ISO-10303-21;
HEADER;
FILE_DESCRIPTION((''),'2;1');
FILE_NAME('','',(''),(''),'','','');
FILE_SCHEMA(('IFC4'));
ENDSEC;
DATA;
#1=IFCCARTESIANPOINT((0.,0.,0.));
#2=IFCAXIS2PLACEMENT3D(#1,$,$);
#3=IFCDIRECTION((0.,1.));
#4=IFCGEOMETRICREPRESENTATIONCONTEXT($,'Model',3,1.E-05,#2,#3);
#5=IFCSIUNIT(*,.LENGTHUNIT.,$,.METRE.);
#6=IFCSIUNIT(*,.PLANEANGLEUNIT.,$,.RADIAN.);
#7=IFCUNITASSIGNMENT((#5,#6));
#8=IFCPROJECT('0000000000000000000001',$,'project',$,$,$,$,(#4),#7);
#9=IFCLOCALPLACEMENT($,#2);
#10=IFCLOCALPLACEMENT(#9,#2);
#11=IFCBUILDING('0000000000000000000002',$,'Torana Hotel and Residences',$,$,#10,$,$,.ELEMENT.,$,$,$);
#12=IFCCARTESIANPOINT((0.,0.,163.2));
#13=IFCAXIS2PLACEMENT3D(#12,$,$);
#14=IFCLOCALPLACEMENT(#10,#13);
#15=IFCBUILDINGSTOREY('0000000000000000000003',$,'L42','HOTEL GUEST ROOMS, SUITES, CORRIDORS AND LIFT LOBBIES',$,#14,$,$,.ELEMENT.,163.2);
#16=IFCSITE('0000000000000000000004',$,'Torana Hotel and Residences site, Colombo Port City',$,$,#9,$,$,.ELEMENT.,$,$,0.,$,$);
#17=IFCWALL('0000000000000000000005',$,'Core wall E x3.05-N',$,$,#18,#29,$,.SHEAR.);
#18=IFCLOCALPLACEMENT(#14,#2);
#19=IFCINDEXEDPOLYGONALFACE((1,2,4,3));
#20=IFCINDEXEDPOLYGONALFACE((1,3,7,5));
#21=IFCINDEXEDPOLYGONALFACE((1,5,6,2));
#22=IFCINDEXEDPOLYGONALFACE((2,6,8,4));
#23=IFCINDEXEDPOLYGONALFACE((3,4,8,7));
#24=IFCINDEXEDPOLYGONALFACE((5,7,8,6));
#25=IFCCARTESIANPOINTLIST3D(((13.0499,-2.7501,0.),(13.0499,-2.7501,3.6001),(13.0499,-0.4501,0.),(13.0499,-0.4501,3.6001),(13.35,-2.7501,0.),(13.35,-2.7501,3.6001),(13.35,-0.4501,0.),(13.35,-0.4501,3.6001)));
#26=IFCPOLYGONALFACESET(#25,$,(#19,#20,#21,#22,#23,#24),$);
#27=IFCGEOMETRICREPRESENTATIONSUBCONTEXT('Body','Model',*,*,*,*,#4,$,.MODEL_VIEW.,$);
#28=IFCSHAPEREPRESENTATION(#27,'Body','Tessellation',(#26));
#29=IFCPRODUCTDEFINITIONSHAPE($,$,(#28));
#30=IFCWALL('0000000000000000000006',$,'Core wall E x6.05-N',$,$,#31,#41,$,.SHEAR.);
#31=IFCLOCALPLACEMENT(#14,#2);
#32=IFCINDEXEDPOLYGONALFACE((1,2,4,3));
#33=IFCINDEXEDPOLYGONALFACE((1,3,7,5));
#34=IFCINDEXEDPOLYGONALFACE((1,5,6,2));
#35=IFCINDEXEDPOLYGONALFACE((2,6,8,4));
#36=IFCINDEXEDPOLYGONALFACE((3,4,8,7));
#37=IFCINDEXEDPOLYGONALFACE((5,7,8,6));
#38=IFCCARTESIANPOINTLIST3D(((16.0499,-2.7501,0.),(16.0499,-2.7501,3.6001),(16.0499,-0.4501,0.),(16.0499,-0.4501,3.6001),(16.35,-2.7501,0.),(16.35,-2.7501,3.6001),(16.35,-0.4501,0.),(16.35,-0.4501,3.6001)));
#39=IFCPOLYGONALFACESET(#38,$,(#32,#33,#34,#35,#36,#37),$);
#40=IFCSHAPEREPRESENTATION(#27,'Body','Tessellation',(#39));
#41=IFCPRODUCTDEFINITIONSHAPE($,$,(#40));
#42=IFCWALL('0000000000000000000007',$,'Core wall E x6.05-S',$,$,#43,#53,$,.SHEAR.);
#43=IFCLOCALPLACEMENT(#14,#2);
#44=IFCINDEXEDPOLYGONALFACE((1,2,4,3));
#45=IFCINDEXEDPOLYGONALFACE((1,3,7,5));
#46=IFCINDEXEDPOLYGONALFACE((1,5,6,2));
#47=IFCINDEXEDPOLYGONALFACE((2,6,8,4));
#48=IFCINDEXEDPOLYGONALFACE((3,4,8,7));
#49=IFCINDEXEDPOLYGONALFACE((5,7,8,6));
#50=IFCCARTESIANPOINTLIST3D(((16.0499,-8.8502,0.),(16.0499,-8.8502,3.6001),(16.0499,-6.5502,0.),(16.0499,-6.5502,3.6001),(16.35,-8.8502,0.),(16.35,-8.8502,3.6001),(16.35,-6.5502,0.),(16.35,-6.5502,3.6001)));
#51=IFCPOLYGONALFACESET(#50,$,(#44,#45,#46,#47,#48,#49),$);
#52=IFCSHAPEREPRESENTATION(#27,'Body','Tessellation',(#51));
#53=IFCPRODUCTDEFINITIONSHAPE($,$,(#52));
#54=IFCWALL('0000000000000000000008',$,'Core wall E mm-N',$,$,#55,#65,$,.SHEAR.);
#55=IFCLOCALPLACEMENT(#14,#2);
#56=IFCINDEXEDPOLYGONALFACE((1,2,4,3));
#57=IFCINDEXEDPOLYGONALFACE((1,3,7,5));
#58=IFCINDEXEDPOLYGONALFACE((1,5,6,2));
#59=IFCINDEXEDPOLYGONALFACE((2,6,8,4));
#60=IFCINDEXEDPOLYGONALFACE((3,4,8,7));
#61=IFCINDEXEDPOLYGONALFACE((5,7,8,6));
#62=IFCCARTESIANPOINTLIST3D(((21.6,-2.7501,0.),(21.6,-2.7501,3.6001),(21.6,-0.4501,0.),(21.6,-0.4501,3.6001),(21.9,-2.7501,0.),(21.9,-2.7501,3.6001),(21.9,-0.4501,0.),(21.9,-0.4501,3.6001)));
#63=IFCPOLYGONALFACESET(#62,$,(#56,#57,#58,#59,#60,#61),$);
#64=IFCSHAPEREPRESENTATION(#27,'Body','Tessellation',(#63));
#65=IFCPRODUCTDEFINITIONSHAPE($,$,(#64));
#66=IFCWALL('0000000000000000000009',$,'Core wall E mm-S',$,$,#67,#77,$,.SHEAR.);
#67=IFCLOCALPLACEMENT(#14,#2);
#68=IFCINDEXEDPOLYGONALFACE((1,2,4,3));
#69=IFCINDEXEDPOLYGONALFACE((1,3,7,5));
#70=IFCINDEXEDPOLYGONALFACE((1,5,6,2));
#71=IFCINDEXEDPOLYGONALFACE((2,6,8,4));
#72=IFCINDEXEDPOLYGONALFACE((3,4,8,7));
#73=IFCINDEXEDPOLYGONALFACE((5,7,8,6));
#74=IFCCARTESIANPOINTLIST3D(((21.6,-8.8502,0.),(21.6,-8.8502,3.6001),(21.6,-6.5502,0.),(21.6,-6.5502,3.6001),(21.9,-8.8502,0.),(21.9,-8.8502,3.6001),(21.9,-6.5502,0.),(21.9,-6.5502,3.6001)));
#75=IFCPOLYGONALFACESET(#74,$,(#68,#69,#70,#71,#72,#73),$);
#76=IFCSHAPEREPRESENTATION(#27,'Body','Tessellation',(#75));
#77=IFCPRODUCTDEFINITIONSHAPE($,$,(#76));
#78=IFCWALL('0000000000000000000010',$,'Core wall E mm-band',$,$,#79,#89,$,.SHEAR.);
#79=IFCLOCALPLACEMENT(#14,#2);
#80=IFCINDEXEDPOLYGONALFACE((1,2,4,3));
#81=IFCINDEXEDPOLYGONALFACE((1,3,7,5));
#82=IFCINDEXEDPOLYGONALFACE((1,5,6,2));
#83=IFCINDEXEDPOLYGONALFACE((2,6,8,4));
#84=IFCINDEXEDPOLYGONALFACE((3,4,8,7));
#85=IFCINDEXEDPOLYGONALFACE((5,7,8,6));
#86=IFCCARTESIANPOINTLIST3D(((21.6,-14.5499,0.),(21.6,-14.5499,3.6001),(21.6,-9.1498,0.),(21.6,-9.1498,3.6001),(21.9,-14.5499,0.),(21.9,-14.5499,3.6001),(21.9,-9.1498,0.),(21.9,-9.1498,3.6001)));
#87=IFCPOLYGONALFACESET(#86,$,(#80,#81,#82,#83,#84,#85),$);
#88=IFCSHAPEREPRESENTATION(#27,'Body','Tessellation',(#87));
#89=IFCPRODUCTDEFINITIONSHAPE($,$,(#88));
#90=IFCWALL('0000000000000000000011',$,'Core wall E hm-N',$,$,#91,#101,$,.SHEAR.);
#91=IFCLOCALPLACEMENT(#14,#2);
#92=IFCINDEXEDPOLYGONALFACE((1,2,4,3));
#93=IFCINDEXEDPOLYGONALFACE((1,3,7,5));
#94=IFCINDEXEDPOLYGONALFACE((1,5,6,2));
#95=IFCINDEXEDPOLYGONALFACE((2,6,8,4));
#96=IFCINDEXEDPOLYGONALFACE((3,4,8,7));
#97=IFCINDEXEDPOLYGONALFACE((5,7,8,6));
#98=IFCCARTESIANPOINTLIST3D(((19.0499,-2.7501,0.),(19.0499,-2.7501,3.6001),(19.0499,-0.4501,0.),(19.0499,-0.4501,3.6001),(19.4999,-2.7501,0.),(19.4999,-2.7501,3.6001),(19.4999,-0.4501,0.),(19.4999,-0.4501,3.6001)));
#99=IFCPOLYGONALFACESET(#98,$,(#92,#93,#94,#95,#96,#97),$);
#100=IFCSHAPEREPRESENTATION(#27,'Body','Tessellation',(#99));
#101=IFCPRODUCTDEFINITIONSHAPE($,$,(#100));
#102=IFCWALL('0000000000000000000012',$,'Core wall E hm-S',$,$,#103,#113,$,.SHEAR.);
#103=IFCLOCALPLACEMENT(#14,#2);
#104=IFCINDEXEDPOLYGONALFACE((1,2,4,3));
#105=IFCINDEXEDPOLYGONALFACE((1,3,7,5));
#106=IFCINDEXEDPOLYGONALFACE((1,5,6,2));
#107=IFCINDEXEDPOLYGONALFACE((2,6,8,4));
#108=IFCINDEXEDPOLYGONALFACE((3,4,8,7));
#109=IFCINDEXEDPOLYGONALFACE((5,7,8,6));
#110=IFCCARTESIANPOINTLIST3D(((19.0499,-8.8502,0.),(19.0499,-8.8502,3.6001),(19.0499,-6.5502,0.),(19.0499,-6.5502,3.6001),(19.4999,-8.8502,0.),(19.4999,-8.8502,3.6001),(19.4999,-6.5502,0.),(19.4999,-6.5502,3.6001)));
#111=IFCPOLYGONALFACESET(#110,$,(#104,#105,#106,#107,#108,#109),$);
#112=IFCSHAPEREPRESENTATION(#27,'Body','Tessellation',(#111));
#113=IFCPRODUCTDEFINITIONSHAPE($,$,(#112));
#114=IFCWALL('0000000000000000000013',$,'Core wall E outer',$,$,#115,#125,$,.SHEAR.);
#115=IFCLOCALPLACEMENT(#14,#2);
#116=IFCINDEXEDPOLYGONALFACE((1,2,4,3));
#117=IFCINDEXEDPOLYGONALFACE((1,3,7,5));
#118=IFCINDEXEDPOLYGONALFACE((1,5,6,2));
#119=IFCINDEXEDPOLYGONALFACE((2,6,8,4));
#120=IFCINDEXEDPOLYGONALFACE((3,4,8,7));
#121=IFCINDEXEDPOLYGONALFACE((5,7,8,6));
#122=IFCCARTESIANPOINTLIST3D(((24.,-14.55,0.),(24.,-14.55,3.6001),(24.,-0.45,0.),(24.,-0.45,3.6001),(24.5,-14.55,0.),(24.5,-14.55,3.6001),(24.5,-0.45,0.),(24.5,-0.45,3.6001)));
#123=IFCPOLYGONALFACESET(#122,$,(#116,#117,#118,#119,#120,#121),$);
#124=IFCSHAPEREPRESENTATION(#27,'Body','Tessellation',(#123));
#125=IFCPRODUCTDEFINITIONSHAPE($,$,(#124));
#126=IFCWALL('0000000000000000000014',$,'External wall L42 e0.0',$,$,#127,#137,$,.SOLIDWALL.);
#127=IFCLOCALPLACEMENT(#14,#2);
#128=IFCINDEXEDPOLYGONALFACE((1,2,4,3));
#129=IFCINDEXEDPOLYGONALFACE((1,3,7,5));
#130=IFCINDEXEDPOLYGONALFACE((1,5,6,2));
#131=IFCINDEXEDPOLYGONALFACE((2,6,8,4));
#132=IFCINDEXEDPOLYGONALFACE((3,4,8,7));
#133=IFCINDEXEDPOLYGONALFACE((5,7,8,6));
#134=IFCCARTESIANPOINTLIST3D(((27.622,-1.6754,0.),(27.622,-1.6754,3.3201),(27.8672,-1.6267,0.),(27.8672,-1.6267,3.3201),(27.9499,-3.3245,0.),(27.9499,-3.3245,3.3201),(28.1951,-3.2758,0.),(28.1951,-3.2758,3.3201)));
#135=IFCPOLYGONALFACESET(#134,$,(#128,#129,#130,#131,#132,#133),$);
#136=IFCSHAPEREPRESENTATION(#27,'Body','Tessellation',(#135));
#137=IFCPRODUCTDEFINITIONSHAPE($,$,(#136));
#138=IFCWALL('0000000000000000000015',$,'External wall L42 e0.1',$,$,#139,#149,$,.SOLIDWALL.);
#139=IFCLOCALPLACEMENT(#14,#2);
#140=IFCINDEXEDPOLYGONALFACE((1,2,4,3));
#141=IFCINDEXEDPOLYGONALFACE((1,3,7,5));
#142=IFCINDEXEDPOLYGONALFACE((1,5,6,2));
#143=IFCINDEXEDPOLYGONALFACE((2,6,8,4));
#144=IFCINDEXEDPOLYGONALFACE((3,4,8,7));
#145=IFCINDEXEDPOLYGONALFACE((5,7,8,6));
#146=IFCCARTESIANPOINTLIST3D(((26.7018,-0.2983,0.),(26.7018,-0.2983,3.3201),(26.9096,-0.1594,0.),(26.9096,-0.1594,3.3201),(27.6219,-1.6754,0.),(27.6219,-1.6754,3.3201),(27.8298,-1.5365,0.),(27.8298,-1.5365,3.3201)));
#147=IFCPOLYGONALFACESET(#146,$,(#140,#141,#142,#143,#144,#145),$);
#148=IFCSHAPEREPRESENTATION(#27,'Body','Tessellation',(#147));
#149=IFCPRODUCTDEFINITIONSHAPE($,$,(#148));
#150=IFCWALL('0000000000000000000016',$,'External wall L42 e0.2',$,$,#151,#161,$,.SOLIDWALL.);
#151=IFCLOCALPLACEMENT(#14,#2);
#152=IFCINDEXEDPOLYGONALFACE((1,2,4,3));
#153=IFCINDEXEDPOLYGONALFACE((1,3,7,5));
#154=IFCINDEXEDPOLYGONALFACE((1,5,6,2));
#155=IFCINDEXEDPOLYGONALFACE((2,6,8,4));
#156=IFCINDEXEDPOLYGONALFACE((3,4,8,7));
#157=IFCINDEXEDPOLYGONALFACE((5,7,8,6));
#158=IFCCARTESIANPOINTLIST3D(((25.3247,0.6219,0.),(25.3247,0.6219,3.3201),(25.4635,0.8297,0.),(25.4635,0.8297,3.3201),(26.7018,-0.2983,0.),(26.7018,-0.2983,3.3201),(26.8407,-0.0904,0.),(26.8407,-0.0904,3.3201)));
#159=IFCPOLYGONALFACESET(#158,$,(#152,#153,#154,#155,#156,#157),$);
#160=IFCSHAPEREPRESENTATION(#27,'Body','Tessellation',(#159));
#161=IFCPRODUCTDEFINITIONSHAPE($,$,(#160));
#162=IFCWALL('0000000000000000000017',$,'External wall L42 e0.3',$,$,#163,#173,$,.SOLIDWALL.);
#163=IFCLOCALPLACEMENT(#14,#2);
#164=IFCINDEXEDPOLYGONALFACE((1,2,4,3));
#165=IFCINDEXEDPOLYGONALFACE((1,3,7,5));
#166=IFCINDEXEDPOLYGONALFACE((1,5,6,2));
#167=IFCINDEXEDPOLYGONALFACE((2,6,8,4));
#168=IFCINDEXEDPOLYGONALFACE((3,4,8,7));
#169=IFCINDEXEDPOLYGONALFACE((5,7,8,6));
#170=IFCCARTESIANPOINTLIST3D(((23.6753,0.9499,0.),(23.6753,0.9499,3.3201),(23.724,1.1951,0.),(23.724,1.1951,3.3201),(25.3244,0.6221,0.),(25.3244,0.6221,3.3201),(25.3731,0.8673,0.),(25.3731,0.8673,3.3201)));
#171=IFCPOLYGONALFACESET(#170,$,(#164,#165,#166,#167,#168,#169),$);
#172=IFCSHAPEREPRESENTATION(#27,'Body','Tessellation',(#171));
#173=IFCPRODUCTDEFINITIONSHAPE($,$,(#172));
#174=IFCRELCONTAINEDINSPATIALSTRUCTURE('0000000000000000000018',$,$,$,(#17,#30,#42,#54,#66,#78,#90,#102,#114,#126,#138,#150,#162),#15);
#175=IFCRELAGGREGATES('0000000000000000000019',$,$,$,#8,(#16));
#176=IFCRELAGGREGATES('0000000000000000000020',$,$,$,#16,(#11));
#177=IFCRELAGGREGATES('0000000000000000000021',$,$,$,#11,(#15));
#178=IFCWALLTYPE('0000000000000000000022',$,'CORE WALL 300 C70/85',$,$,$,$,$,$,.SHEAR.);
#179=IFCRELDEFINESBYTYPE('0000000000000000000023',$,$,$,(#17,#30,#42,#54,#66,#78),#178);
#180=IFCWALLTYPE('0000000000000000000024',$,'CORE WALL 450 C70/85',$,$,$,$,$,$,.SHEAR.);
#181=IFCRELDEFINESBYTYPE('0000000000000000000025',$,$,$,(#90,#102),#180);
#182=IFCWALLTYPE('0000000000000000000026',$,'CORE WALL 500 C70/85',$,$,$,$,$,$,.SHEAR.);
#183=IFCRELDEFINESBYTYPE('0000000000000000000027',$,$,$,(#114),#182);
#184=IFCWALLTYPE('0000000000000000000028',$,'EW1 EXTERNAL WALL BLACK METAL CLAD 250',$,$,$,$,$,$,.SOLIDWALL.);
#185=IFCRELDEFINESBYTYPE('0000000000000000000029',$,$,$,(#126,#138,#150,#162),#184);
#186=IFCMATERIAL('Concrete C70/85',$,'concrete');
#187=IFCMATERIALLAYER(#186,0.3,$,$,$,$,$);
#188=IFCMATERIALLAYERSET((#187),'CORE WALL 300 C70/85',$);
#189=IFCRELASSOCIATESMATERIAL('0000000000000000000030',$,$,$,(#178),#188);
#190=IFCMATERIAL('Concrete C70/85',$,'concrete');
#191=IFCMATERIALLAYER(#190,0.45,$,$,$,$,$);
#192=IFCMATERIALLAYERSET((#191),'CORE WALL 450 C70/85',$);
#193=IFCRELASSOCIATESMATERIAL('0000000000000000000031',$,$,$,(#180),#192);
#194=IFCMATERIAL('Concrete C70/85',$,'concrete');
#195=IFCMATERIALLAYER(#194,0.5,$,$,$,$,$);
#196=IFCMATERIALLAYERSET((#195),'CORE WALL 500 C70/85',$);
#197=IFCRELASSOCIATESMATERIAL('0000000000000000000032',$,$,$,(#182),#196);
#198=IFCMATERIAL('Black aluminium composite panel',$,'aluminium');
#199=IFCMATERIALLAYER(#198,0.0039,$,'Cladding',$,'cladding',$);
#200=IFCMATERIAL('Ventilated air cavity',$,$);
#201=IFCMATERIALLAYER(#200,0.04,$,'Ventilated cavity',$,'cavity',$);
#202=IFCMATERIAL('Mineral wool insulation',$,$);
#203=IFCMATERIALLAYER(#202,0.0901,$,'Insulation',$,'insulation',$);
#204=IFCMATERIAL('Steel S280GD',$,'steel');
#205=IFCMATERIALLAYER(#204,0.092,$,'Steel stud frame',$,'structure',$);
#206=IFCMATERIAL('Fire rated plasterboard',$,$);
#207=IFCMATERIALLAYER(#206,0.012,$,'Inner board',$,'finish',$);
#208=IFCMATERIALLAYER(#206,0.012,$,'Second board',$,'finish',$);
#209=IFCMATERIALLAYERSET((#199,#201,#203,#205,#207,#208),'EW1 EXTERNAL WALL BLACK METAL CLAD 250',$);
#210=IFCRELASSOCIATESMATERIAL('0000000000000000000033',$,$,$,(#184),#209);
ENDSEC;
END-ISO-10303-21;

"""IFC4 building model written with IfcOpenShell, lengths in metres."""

from ifc_helpers import new_model, si_unit, direction, frame, frame_2d, origin, place, context, subcontext, project, spatial, rectangle, extrude, material, layer, layer_set, type_object, element, save


model = new_model("IFC4")

# Units and contexts
model_context = context("Model", 3, precision=1e-05, world=origin(), true_north=direction((0.0, 1.0)))
body_context = subcontext(model_context, "Body", "Model", "MODEL_VIEW")
ifc_project = project(units=[si_unit("LENGTHUNIT", "METRE"), si_unit("PLANEANGLEUNIT", "RADIAN")], contexts=[model_context])

# Site, building, storey
site_placement = place(None, origin())
site = spatial("IfcSite", under=ifc_project, at=site_placement, Name="Torana Hotel and Residences site, Colombo Port City", CompositionType="ELEMENT", RefElevation=0.0)
building_placement = place(site_placement, origin())
building = spatial("IfcBuilding", under=site, at=building_placement, Name="Torana Hotel and Residences", CompositionType="ELEMENT")
storey_placement = place(building_placement, frame((0.0, 0.0, 163.2)))
storey = spatial("IfcBuildingStorey", under=building, at=storey_placement, Name="L42", Description="HOTEL GUEST ROOMS, SUITES, CORRIDORS AND LIFT LOBBIES", CompositionType="ELEMENT", Elevation=163.2)

# Walls
ifc_material_1 = material(Name="Concrete C70/85", Category="concrete")
ifc_layer_1 = layer(ifc_material_1, 0.3)
ifc_layer_set_1 = layer_set([ifc_layer_1], Name="CORE WALL 300 C70/85")
wall_type_1 = type_object("IfcWallType", Name="CORE WALL 300 C70/85", PredefinedType="SHEAR", material=ifc_layer_set_1)
for number, where, z_axis, x_axis, name in (
    (1, (13.2, -2.75, 0.0), (0.0, 0.0, 1.0), (0.0, 1.0, 0.0), "Core wall E x3.05-N"),
    (2, (16.2, -2.75, 0.0), (0.0, 0.0, 1.0), (0.0, 1.0, 0.0), "Core wall E x6.05-N"),
    (3, (16.2, -8.8501, 0.0), (0.0, 0.0, 1.0), (0.0, 1.0, 0.0), "Core wall E x6.05-S"),
    (4, (21.75, -2.75, 0.0), (0.0, 0.0, 1.0), (0.0, 1.0, 0.0), "Core wall E mm-N"),
    (5, (21.75, -8.8501, 0.0), (0.0, 0.0, 1.0), (0.0, 1.0, 0.0), "Core wall E mm-S"),
):
    element("IfcWall", number, at=place(storey_placement, frame(where, z_axis=z_axis, x_axis=x_axis)), inside=storey, type_object=wall_type_1, Name=name, PredefinedType="SHEAR", context=body_context, shape_type="SweptSolid", body=[
        extrude(rectangle(XDim=2.3, YDim=0.3, at=frame_2d((1.1499, 0.0))), origin(), (0.0, 0.0, 1.0), 3.6001),
    ])
wall_1_placement = place(storey_placement, frame((21.75, -14.55, 0.0), z_axis=(0.0, 0.0, 1.0), x_axis=(0.0, 1.0, 0.0)))
element("IfcWall", 6, at=wall_1_placement, inside=storey, type_object=wall_type_1, Name="Core wall E mm-band", PredefinedType="SHEAR", context=body_context, shape_type="SweptSolid", body=[
    extrude(rectangle(XDim=5.4001, YDim=0.3, at=frame_2d((2.7002, 0.0))), origin(), (0.0, 0.0, 1.0), 3.6001),
])
ifc_material_2 = material(Name="Concrete C70/85", Category="concrete")
ifc_layer_2 = layer(ifc_material_2, 0.45)
ifc_layer_set_2 = layer_set([ifc_layer_2], Name="CORE WALL 450 C70/85")
wall_type_2 = type_object("IfcWallType", Name="CORE WALL 450 C70/85", PredefinedType="SHEAR", material=ifc_layer_set_2)
for number, where, z_axis, x_axis, name in (
    (7, (19.2749, -2.75, 0.0), (0.0, 0.0, 1.0), (0.0, 1.0, 0.0), "Core wall E hm-N"),
    (8, (19.2749, -8.8501, 0.0), (0.0, 0.0, 1.0), (0.0, 1.0, 0.0), "Core wall E hm-S"),
):
    element("IfcWall", number, at=place(storey_placement, frame(where, z_axis=z_axis, x_axis=x_axis)), inside=storey, type_object=wall_type_2, Name=name, PredefinedType="SHEAR", context=body_context, shape_type="SweptSolid", body=[
        extrude(rectangle(XDim=2.3, YDim=0.45, at=frame_2d((1.1499, 0.0))), origin(), (0.0, 0.0, 1.0), 3.6001),
    ])
ifc_material_3 = material(Name="Concrete C70/85", Category="concrete")
ifc_layer_3 = layer(ifc_material_3, 0.5)
ifc_layer_set_3 = layer_set([ifc_layer_3], Name="CORE WALL 500 C70/85")
wall_type_3 = type_object("IfcWallType", Name="CORE WALL 500 C70/85", PredefinedType="SHEAR", material=ifc_layer_set_3)
wall_2_placement = place(storey_placement, frame((24.25, -14.55, 0.0), z_axis=(0.0, 0.0, 1.0), x_axis=(0.0, 1.0, 0.0)))
element("IfcWall", 9, at=wall_2_placement, inside=storey, type_object=wall_type_3, Name="Core wall E outer", PredefinedType="SHEAR", context=body_context, shape_type="SweptSolid", body=[
    extrude(rectangle(XDim=14.1001, YDim=0.5, at=frame_2d((7.05, 0.0))), origin(), (0.0, 0.0, 1.0), 3.6001),
])
ifc_material_4 = material(Name="Black aluminium composite panel", Category="aluminium")
ifc_layer_4 = layer(ifc_material_4, 0.0039, Name="Cladding", Category="cladding")
ifc_material_5 = material(Name="Ventilated air cavity")
ifc_layer_5 = layer(ifc_material_5, 0.04, Name="Ventilated cavity", Category="cavity")
ifc_material_6 = material(Name="Mineral wool insulation")
ifc_layer_6 = layer(ifc_material_6, 0.0901, Name="Insulation", Category="insulation")
ifc_material_7 = material(Name="Steel S280GD", Category="steel")
ifc_layer_7 = layer(ifc_material_7, 0.092, Name="Steel stud frame", Category="structure")
ifc_material_8 = material(Name="Fire rated plasterboard")
ifc_layer_8 = layer(ifc_material_8, 0.012, Name="Inner board", Category="finish")
ifc_layer_9 = layer(ifc_material_8, 0.012, Name="Second board", Category="finish")
ifc_layer_set_4 = layer_set([ifc_layer_4, ifc_layer_5, ifc_layer_6, ifc_layer_7, ifc_layer_8, ifc_layer_9], Name="EW1 EXTERNAL WALL BLACK METAL CLAD 250")
wall_type_4 = type_object("IfcWallType", Name="EW1 EXTERNAL WALL BLACK METAL CLAD 250", PredefinedType="SOLIDWALL", material=ifc_layer_set_4)
wall_3_placement = place(storey_placement, frame((28.0725, -3.3003, 0.0), z_axis=(0.0, 0.0, 1.0), x_axis=(-0.194999, 0.980803, 0.0)))
element("IfcWall", 10, at=wall_3_placement, inside=storey, type_object=wall_type_4, Name="External wall L42 e0.0", PredefinedType="SOLIDWALL", context=body_context, shape_type="SweptSolid", body=[
    extrude(rectangle(XDim=1.6814, YDim=0.25, at=frame_2d((0.8408, 0.0))), origin(), (0.0, 0.0, 1.0), 3.3201),
])
for number, where, z_axis, x_axis, name in (
    (11, (27.7258, -1.606, 0.0), (0.0, 0.0, 1.0), (-0.55555, 0.831483, 0.0), "External wall L42 e0.1"),
    (12, (26.7712, -0.1943, 0.0), (0.0, 0.0, 1.0), (-0.831483, 0.55555, 0.0), "External wall L42 e0.2"),
):
    element("IfcWall", number, at=place(storey_placement, frame(where, z_axis=z_axis, x_axis=x_axis)), inside=storey, type_object=wall_type_4, Name=name, PredefinedType="SOLIDWALL", context=body_context, shape_type="SweptSolid", body=[
        extrude(rectangle(XDim=1.6562, YDim=0.25, at=frame_2d((0.8281, 0.0))), origin(), (0.0, 0.0, 1.0), 3.3201),
    ])
wall_4_placement = place(storey_placement, frame((25.3489, 0.7446, 0.0), z_axis=(0.0, 0.0, 1.0), x_axis=(-0.980803, 0.194999, 0.0)))
element("IfcWall", 13, at=wall_4_placement, inside=storey, type_object=wall_type_4, Name="External wall L42 e0.3", PredefinedType="SOLIDWALL", context=body_context, shape_type="SweptSolid", body=[
    extrude(rectangle(XDim=1.6814, YDim=0.25, at=frame_2d((0.8408, 0.0))), origin(), (0.0, 0.0, 1.0), 3.3201),
])

save(model, "model.ifc")
